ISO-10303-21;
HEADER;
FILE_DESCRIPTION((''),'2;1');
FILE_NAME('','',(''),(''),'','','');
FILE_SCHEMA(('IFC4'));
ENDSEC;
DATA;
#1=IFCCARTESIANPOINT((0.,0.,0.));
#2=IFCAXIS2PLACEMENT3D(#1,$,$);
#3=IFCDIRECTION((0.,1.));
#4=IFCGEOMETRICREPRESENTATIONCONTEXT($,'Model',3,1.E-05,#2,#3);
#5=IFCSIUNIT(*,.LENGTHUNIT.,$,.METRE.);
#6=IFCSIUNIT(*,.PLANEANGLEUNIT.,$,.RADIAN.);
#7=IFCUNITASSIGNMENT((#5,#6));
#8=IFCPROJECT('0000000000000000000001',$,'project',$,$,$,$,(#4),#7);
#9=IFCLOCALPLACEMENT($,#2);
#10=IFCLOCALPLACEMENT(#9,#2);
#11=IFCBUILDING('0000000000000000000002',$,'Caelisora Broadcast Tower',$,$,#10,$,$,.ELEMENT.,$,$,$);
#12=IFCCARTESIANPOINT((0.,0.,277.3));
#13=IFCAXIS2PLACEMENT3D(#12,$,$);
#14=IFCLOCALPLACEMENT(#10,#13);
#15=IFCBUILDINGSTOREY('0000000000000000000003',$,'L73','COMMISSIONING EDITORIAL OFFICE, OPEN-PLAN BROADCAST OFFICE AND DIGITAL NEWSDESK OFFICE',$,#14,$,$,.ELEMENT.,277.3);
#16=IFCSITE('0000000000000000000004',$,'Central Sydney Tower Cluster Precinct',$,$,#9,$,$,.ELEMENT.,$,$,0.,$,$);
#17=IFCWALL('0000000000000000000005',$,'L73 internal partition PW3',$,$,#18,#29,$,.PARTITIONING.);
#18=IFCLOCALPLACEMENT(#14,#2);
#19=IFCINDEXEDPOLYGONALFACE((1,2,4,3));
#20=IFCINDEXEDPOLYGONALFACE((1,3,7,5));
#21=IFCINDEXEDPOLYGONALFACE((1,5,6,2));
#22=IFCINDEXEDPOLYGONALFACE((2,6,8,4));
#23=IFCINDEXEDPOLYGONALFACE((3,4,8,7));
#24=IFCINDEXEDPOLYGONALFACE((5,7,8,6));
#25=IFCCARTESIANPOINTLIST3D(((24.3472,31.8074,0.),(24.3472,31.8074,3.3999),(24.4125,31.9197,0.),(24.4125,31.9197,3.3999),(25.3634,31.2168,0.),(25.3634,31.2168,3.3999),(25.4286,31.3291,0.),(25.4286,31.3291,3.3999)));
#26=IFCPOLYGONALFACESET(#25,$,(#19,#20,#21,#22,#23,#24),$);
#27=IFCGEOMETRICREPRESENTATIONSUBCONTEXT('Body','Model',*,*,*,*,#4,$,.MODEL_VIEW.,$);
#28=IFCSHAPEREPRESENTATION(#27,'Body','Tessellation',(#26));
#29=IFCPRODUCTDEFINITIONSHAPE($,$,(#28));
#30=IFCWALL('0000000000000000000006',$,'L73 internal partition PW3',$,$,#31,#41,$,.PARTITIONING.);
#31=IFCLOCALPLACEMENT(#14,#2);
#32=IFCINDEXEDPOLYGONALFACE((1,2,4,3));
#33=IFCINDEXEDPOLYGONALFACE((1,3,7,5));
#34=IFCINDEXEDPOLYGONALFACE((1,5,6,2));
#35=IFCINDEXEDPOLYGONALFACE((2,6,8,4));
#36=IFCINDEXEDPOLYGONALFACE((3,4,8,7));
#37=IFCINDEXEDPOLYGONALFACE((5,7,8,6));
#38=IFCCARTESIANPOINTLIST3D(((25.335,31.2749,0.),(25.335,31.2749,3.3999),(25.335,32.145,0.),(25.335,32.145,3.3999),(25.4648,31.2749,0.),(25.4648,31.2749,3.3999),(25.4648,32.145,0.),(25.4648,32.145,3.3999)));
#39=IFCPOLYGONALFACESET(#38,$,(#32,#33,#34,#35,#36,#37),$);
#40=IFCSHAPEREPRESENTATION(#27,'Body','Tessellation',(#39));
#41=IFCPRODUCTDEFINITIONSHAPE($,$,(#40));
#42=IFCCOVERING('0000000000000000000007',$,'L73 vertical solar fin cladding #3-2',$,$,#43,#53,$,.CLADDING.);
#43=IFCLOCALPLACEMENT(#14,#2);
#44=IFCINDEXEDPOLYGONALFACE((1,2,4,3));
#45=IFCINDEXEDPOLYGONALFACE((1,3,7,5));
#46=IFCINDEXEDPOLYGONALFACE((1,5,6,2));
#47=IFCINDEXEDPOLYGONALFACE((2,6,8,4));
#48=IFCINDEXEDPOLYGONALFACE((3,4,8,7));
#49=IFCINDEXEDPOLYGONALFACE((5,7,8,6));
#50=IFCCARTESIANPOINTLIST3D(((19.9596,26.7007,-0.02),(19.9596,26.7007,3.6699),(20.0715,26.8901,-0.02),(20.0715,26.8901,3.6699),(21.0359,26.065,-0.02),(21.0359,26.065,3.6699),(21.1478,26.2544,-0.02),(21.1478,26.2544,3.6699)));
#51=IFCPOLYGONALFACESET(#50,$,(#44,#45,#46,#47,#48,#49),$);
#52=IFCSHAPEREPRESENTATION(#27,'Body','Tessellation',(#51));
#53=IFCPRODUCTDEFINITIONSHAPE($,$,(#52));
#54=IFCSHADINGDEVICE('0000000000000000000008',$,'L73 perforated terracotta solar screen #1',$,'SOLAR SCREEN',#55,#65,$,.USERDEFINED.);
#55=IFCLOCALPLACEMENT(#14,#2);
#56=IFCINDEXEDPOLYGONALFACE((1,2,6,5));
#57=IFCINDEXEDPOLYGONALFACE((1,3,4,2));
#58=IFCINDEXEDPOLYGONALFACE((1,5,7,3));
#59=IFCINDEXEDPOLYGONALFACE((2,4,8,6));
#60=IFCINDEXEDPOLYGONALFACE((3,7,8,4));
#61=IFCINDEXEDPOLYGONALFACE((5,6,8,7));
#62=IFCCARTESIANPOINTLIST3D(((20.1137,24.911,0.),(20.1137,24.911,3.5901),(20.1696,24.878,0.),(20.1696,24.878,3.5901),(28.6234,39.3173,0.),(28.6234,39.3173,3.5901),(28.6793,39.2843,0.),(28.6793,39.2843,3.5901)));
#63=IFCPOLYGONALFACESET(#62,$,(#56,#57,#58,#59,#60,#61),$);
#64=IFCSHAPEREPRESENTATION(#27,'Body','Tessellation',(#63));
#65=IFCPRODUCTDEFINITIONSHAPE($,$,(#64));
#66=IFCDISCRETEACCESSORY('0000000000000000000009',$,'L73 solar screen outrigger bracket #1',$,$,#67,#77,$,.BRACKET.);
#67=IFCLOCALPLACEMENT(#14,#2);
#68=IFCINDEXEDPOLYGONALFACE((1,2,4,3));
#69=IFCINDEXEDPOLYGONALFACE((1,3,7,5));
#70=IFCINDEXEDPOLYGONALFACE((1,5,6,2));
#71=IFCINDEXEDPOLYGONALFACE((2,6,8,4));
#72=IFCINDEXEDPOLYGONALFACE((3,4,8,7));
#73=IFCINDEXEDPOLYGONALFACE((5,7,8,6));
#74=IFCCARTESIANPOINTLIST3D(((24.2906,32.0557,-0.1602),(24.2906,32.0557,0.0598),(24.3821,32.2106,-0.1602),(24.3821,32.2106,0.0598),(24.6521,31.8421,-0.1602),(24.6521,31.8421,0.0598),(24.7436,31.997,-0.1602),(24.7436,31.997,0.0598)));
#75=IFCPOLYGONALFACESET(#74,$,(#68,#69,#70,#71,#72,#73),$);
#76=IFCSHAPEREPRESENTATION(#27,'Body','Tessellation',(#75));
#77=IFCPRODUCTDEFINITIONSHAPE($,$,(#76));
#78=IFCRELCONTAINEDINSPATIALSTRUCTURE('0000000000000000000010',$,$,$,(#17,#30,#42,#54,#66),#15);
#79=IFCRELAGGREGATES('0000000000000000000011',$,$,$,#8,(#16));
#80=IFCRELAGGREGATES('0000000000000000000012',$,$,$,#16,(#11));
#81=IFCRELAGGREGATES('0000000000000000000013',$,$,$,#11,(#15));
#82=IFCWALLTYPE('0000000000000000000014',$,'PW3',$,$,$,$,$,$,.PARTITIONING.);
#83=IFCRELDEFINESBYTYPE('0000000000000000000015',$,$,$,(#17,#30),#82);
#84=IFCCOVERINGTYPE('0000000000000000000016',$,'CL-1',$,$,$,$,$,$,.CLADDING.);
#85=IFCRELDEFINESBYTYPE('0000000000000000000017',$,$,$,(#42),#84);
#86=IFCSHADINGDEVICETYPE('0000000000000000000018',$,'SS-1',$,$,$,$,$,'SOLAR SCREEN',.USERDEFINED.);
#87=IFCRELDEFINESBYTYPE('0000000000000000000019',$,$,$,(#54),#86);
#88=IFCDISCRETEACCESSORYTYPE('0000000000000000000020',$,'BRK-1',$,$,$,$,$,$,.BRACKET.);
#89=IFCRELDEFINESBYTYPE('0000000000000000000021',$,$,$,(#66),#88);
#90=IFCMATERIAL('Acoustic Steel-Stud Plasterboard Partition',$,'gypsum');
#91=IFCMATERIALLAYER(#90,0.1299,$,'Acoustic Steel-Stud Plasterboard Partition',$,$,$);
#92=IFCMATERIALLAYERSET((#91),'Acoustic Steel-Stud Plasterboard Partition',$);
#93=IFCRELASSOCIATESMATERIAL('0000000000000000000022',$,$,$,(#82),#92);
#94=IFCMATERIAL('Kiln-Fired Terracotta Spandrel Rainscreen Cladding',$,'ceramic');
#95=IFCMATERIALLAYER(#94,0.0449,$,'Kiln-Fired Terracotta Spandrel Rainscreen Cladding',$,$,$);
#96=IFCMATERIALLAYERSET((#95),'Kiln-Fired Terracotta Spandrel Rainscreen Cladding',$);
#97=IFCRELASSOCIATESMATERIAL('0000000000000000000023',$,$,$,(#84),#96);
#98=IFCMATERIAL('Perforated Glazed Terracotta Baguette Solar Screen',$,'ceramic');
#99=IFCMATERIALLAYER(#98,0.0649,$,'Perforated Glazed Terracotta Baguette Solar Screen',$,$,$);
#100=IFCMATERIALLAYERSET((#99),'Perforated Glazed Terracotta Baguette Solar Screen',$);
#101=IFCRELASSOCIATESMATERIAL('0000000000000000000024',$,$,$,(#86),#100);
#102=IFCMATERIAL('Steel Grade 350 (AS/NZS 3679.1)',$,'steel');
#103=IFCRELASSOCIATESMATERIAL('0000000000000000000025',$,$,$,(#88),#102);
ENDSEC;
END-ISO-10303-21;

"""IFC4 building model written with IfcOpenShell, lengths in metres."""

from ifc_helpers import new_model, si_unit, direction, frame, frame_2d, origin, origin_2d, place, context, subcontext, project, spatial, rectangle, extrude, source, transform, mapped, material, layer, layer_set, type_object, type_shapes, element, save


model = new_model("IFC4")

# Units and contexts
model_context = context("Model", 3, precision=1e-05, world=origin(), true_north=direction((0.0, 1.0)))
body_context = subcontext(model_context, "Body", "Model", "MODEL_VIEW")
ifc_project = project(units=[si_unit("LENGTHUNIT", "METRE"), si_unit("PLANEANGLEUNIT", "RADIAN")], contexts=[model_context])

# Site, building, storey
site_placement = place(None, origin())
site = spatial("IfcSite", under=ifc_project, at=site_placement, Name="Central Sydney Tower Cluster Precinct", CompositionType="ELEMENT", RefElevation=0.0)
building_placement = place(site_placement, origin())
building = spatial("IfcBuilding", under=site, at=building_placement, Name="Caelisora Broadcast Tower", CompositionType="ELEMENT")
storey_placement = place(building_placement, frame((0.0, 0.0, 277.3)))
storey = spatial("IfcBuildingStorey", under=building, at=storey_placement, Name="L73", Description="COMMISSIONING EDITORIAL OFFICE, OPEN-PLAN BROADCAST OFFICE AND DIGITAL NEWSDESK OFFICE", CompositionType="ELEMENT", Elevation=277.3)

# Shared definitions
ifc_material_1 = material(Name="Steel Grade 350 (AS/NZS 3679.1)", Category="steel")

# Walls
ifc_material_2 = material(Name="Acoustic Steel-Stud Plasterboard Partition", Category="gypsum")
ifc_layer_1 = layer(ifc_material_2, 0.1299, Name="Acoustic Steel-Stud Plasterboard Partition")
ifc_layer_set_1 = layer_set([ifc_layer_1], Name="Acoustic Steel-Stud Plasterboard Partition")
wall_type_1 = type_object("IfcWallType", Name="PW3", PredefinedType="PARTITIONING", material=ifc_layer_set_1)
wall_1_placement = place(storey_placement, frame((24.3799, 31.8635, 0.0), z_axis=(0.0, 0.0, 1.0), x_axis=(0.864576, -0.502501, 0.0)))
element("IfcWall", 1, at=wall_1_placement, inside=storey, type_object=wall_type_1, Name="L73 internal partition PW3", PredefinedType="PARTITIONING", context=body_context, shape_type="SweptSolid", body=[
    extrude(rectangle(XDim=1.1753, YDim=0.1299, at=frame_2d((0.5876, 0.0))), origin(), (0.0, 0.0, 1.0), 3.3999),
])
wall_2_placement = place(storey_placement, frame((25.3999, 31.2749, 0.0), z_axis=(0.0, 0.0, 1.0), x_axis=(0.0, 1.0, 0.0)))
element("IfcWall", 2, at=wall_2_placement, inside=storey, type_object=wall_type_1, Name="L73 internal partition PW3", PredefinedType="PARTITIONING", context=body_context, shape_type="SweptSolid", body=[
    extrude(rectangle(XDim=0.8701, YDim=0.1299, at=frame_2d((0.4351, 0.0))), origin(), (0.0, 0.0, 1.0), 3.3999),
])

# Covering
ifc_material_3 = material(Name="Kiln-Fired Terracotta Spandrel Rainscreen Cladding", Category="ceramic")
ifc_layer_2 = layer(ifc_material_3, 0.0449, Name="Kiln-Fired Terracotta Spandrel Rainscreen Cladding")
ifc_layer_set_2 = layer_set([ifc_layer_2], Name="Kiln-Fired Terracotta Spandrel Rainscreen Cladding")
covering_type = type_object("IfcCoveringType", Name="CL-1", PredefinedType="CLADDING", material=ifc_layer_set_2)
shared_shape_1 = source(origin(), body_context, "Body", "SweptSolid", [
    extrude(rectangle(XDim=0.22, YDim=1.25, at=origin_2d()), origin(), (0.0, 0.0, 1.0), 3.6899),
])
type_shapes(covering_type, [shared_shape_1])
covering_placement = place(storey_placement, frame((20.5537, 26.4775, -0.02), z_axis=(0.0, 0.0, 1.0), x_axis=(0.508591, 0.861008, 0.0)))
element("IfcCovering", 3, at=covering_placement, inside=storey, type_object=covering_type, Name="L73 vertical solar fin cladding #3-2", PredefinedType="CLADDING", context=body_context, shape_type="MappedRepresentation", body=[
    mapped(shared_shape_1, transform((0.0, 0.0, 0.0), scale=1.0)),
])

# Shading device
ifc_material_4 = material(Name="Perforated Glazed Terracotta Baguette Solar Screen", Category="ceramic")
ifc_layer_3 = layer(ifc_material_4, 0.0649, Name="Perforated Glazed Terracotta Baguette Solar Screen")
ifc_layer_set_3 = layer_set([ifc_layer_3], Name="Perforated Glazed Terracotta Baguette Solar Screen")
shading_device_type = type_object("IfcShadingDeviceType", Name="SS-1", ElementType="SOLAR SCREEN", PredefinedType="USERDEFINED", material=ifc_layer_set_3)
shared_shape_2 = source(origin(), body_context, "Body", "SweptSolid", [
    extrude(rectangle(XDim=16.7319, YDim=0.0649, at=origin_2d()), origin(), (0.0, 0.0, 1.0), 3.5901),
])
type_shapes(shading_device_type, [shared_shape_2])
shading_device_placement = place(storey_placement, frame((24.3965, 32.0977, 0.0), z_axis=(0.0, 0.0, 1.0), x_axis=(-0.508591, -0.861008, 0.0)))
element("IfcShadingDevice", 4, at=shading_device_placement, inside=storey, type_object=shading_device_type, Name="L73 perforated terracotta solar screen #1", ObjectType="SOLAR SCREEN", PredefinedType="USERDEFINED", context=body_context, shape_type="MappedRepresentation", body=[
    mapped(shared_shape_2, transform((0.0, 0.0, 0.0), scale=1.0)),
])

# Discrete accessory
discrete_accessory_type = type_object("IfcDiscreteAccessoryType", Name="BRK-1", PredefinedType="BRACKET", material=ifc_material_1)
shared_shape_3 = source(origin(), body_context, "Body", "SweptSolid", [
    extrude(rectangle(XDim=0.1799, YDim=0.4199, at=origin_2d()), origin(), (0.0, 0.0, 1.0), 0.22),
])
type_shapes(discrete_accessory_type, [shared_shape_3])
discrete_accessory_placement = place(storey_placement, frame((24.5171, 32.0264, -0.1602), z_axis=(0.0, 0.0, 1.0), x_axis=(-0.508591, -0.861008, 0.0)))
element("IfcDiscreteAccessory", 5, at=discrete_accessory_placement, inside=storey, type_object=discrete_accessory_type, Name="L73 solar screen outrigger bracket #1", PredefinedType="BRACKET", context=body_context, shape_type="MappedRepresentation", body=[
    mapped(shared_shape_3, transform((0.0, 0.0, 0.0), scale=1.0)),
])

save(model, "model.ifc")
